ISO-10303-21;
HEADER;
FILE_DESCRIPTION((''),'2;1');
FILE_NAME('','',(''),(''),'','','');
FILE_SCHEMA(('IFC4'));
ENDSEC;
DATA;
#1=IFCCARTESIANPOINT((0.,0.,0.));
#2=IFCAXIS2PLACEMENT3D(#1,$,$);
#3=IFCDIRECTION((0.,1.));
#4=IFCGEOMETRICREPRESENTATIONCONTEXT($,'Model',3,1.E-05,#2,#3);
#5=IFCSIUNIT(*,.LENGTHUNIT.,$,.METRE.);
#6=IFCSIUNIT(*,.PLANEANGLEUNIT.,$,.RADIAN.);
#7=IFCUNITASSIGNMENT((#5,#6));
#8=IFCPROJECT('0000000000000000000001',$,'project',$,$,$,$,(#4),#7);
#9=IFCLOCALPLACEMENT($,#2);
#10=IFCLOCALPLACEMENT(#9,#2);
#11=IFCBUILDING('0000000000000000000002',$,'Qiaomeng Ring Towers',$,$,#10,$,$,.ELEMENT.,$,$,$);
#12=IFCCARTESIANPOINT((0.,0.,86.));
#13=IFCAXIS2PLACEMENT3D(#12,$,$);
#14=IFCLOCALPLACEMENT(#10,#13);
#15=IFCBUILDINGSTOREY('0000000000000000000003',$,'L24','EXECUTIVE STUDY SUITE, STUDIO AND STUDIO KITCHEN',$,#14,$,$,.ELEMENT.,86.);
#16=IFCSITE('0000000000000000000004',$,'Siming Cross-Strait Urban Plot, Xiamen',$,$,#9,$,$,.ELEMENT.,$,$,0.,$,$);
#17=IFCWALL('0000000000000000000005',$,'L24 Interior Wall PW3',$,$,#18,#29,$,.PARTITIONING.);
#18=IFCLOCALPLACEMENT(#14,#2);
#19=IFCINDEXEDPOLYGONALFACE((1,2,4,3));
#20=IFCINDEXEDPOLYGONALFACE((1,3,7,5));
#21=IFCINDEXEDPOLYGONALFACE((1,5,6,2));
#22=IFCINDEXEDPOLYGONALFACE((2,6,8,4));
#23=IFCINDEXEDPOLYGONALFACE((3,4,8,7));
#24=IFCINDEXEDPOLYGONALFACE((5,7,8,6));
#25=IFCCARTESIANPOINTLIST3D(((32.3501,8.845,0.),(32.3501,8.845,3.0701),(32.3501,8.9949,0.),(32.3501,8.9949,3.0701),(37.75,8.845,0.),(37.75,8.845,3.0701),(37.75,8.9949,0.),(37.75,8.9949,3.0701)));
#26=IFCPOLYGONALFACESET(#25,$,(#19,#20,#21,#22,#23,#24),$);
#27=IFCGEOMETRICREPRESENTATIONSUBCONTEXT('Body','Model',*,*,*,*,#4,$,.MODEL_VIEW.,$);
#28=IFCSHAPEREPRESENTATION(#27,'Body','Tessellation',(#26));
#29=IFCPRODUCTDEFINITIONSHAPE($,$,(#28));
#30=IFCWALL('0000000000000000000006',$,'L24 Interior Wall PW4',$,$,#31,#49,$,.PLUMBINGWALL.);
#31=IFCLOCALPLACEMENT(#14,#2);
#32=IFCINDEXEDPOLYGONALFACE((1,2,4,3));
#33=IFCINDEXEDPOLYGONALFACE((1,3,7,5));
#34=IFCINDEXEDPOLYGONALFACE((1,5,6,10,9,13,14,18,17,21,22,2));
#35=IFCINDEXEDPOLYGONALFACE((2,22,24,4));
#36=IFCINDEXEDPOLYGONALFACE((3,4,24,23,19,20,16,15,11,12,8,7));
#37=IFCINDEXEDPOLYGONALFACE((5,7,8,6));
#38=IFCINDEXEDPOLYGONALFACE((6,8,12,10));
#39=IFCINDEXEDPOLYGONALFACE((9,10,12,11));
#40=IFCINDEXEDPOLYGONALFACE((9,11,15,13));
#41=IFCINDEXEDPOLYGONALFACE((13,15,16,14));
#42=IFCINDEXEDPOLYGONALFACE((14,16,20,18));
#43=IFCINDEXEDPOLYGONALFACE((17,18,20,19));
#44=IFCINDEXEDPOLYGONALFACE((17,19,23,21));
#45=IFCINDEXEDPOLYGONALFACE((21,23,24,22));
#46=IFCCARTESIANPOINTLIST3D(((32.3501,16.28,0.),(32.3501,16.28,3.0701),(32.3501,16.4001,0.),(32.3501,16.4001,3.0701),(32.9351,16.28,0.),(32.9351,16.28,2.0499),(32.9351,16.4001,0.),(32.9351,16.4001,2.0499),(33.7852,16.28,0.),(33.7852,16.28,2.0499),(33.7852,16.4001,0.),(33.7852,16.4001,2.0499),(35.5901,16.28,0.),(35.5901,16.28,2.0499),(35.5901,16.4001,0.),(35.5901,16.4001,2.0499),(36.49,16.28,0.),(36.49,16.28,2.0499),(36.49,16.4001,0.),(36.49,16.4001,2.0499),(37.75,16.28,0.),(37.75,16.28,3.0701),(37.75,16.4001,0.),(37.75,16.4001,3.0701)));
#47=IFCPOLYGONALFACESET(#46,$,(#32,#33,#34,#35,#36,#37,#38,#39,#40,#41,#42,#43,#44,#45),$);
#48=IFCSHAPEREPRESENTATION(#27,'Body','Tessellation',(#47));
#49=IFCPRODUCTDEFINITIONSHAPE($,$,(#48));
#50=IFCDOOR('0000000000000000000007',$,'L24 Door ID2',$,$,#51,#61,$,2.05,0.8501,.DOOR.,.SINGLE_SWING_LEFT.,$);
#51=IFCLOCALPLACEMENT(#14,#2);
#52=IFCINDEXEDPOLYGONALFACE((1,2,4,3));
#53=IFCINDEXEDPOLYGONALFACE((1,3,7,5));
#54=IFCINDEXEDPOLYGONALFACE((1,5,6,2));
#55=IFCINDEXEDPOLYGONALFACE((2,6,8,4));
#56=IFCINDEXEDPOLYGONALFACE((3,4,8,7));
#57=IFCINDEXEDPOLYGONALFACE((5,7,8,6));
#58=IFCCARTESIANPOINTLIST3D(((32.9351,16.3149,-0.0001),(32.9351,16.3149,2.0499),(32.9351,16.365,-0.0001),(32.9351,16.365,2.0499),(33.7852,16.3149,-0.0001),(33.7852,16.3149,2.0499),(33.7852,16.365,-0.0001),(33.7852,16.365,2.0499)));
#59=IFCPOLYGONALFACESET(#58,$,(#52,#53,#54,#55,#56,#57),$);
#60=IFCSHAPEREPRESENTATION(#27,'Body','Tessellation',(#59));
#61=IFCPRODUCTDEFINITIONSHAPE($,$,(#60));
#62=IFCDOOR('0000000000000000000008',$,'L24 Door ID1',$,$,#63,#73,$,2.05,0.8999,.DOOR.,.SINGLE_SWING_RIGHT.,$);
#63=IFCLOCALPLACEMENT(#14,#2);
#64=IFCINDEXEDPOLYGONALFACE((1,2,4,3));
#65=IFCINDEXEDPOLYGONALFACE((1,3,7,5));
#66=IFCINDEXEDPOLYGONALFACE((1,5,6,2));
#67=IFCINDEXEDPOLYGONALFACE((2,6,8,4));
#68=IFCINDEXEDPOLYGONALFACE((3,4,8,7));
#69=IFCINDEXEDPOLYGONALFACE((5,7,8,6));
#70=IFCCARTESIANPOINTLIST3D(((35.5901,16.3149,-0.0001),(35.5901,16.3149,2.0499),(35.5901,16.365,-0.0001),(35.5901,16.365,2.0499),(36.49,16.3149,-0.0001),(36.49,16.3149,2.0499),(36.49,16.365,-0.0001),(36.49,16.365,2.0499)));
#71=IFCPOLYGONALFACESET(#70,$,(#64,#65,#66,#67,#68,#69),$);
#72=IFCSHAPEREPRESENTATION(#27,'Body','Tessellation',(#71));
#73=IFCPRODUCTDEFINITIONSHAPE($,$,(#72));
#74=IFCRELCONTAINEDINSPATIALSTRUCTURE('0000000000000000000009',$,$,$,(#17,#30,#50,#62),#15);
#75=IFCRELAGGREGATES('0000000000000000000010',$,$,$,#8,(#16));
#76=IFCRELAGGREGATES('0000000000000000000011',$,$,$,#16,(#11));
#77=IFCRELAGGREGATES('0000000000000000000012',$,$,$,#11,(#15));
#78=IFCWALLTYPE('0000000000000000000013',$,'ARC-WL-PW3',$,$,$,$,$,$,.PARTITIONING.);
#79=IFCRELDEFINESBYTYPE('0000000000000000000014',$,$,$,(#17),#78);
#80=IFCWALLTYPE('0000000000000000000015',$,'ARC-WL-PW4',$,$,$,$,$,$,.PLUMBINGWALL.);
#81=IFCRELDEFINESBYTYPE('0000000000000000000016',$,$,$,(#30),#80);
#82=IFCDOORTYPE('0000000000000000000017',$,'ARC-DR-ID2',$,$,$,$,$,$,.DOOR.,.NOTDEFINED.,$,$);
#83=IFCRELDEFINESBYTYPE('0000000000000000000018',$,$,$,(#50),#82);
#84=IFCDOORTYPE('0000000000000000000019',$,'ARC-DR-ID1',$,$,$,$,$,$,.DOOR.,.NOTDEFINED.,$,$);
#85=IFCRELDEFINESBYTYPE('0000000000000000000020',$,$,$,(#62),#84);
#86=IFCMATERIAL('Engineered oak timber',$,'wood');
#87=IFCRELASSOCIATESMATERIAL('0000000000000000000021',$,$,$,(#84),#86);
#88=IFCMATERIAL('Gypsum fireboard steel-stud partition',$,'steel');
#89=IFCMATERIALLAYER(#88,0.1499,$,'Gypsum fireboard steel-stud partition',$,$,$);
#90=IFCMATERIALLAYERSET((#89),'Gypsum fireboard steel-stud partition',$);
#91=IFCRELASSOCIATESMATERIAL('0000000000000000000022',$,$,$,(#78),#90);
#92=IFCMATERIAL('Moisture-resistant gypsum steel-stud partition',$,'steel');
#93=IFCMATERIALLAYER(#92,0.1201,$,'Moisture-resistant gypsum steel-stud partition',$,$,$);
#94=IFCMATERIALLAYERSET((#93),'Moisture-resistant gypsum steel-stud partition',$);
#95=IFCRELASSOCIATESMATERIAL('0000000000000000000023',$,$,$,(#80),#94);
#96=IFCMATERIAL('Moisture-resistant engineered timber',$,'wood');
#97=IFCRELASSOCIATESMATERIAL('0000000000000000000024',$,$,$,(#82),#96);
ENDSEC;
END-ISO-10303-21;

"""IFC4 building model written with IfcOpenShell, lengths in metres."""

from ifc_helpers import new_model, si_unit, direction, frame, frame_2d, origin, place, context, subcontext, project, spatial, rectangle, extrude, source, transform, mapped, material, layer, layer_set, type_object, element, fill, save


model = new_model("IFC4")

# Units and contexts
model_context = context("Model", 3, precision=1e-05, world=origin(), true_north=direction((0.0, 1.0)))
body_context = subcontext(model_context, "Body", "Model", "MODEL_VIEW")
ifc_project = project(units=[si_unit("LENGTHUNIT", "METRE"), si_unit("PLANEANGLEUNIT", "RADIAN")], contexts=[model_context])

# Site, building, storey
site_placement = place(None, origin())
site = spatial("IfcSite", under=ifc_project, at=site_placement, Name="Siming Cross-Strait Urban Plot, Xiamen", CompositionType="ELEMENT", RefElevation=0.0)
building_placement = place(site_placement, origin())
building = spatial("IfcBuilding", under=site, at=building_placement, Name="Qiaomeng Ring Towers", CompositionType="ELEMENT")
storey_placement = place(building_placement, frame((0.0, 0.0, 86.0)))
storey = spatial("IfcBuildingStorey", under=building, at=storey_placement, Name="L24", Description="EXECUTIVE STUDY SUITE, STUDIO AND STUDIO KITCHEN", CompositionType="ELEMENT", Elevation=86.0)

# Shared definitions
ifc_material_1 = material(Name="Engineered oak timber", Category="wood")
door_type_1 = type_object("IfcDoorType", Name="ARC-DR-ID1", OperationType="NOTDEFINED", PredefinedType="DOOR", material=ifc_material_1)
shared_shape_1 = source(origin(), body_context, "Body", "SweptSolid", [
    extrude(rectangle(XDim=0.8999, YDim=2.05, at=frame_2d((0.45, 1.0249))), frame((0.0, 0.0249, 0.0), z_axis=(0.0, -1.0, 0.0), x_axis=(1.0, 0.0, 0.0)), (0.0, 0.0, 1.0), 0.05),
])

# Wall
ifc_material_2 = material(Name="Gypsum fireboard steel-stud partition", Category="steel")
ifc_layer_1 = layer(ifc_material_2, 0.1499, Name="Gypsum fireboard steel-stud partition")
ifc_layer_set_1 = layer_set([ifc_layer_1], Name="Gypsum fireboard steel-stud partition")
wall_type_1 = type_object("IfcWallType", Name="ARC-WL-PW3", PredefinedType="PARTITIONING", material=ifc_layer_set_1)
wall_1_placement = place(storey_placement, frame((32.3501, 8.9199, 0.0), z_axis=(0.0, 0.0, 1.0), x_axis=(1.0, 0.0, 0.0)))
element("IfcWall", 1, at=wall_1_placement, inside=storey, type_object=wall_type_1, Name="L24 Interior Wall PW3", PredefinedType="PARTITIONING", context=body_context, shape_type="SweptSolid", body=[
    extrude(rectangle(XDim=5.3999, YDim=0.1499, at=frame_2d((2.7, 0.0))), origin(), (0.0, 0.0, 1.0), 3.0701),
])

# Wall, openings, doors
ifc_material_3 = material(Name="Moisture-resistant gypsum steel-stud partition", Category="steel")
ifc_layer_2 = layer(ifc_material_3, 0.1201, Name="Moisture-resistant gypsum steel-stud partition")
ifc_layer_set_2 = layer_set([ifc_layer_2], Name="Moisture-resistant gypsum steel-stud partition")
wall_type_2 = type_object("IfcWallType", Name="ARC-WL-PW4", PredefinedType="PLUMBINGWALL", material=ifc_layer_set_2)
wall_2_placement = place(storey_placement, frame((32.3501, 16.3401, 0.0), z_axis=(0.0, 0.0, 1.0), x_axis=(1.0, 0.0, 0.0)))
wall_2 = element("IfcWall", 2, at=wall_2_placement, inside=storey, type_object=wall_type_2, Name="L24 Interior Wall PW4", PredefinedType="PLUMBINGWALL", context=body_context, shape_type="SweptSolid", body=[
    extrude(rectangle(XDim=5.3999, YDim=0.1201, at=frame_2d((2.7, 0.0))), origin(), (0.0, 0.0, 1.0), 3.0701),
])
opening_1_placement = place(wall_2_placement, frame((0.585, 0.0, 0.0)))
opening_1 = element("IfcOpeningElement", 3, at=opening_1_placement, cuts=wall_2, PredefinedType="OPENING", context=body_context, shape_type="SweptSolid", body=[
    extrude(rectangle(XDim=0.8501, YDim=2.05, at=frame_2d((0.425, 1.0249))), frame((0.0, 0.0701, 0.0), z_axis=(0.0, -1.0, 0.0), x_axis=(1.0, 0.0, 0.0)), (0.0, 0.0, 1.0), 0.1401),
])
opening_2_placement = place(wall_2_placement, frame((3.24, 0.0, 0.0)))
opening_2 = element("IfcOpeningElement", 4, at=opening_2_placement, cuts=wall_2, PredefinedType="OPENING", context=body_context, shape_type="SweptSolid", body=[
    extrude(rectangle(XDim=0.8999, YDim=2.05, at=frame_2d((0.45, 1.0249))), frame((0.0, 0.0701, 0.0), z_axis=(0.0, -1.0, 0.0), x_axis=(1.0, 0.0, 0.0)), (0.0, 0.0, 1.0), 0.1401),
])
ifc_material_4 = material(Name="Moisture-resistant engineered timber", Category="wood")
door_type_2 = type_object("IfcDoorType", Name="ARC-DR-ID2", OperationType="NOTDEFINED", PredefinedType="DOOR", material=ifc_material_4)
shared_shape_2 = source(origin(), body_context, "Body", "SweptSolid", [
    extrude(rectangle(XDim=0.8501, YDim=2.05, at=frame_2d((0.425, 1.0249))), frame((0.0, 0.0249, 0.0), z_axis=(0.0, -1.0, 0.0), x_axis=(1.0, 0.0, 0.0)), (0.0, 0.0, 1.0), 0.05),
])
door_1_placement = place(opening_1_placement, origin())
door_1 = element("IfcDoor", 5, at=door_1_placement, inside=storey, type_object=door_type_2, Name="L24 Door ID2", OperationType="SINGLE_SWING_LEFT", OverallHeight=2.05, OverallWidth=0.8501, PredefinedType="DOOR", context=body_context, shape_type="MappedRepresentation", body=[
    mapped(shared_shape_2, transform((0.0, 0.0, 0.0), x_axis=(1.0, 0.0, 0.0), y_axis=(0.0, 1.0, 0.0), z_axis=(0.0, 0.0, 1.0), scale=1.0)),
])
fill(opening_1, door_1)
door_2_placement = place(opening_2_placement, origin())
door_2 = element("IfcDoor", 6, at=door_2_placement, inside=storey, type_object=door_type_1, Name="L24 Door ID1", OperationType="SINGLE_SWING_RIGHT", OverallHeight=2.05, OverallWidth=0.8999, PredefinedType="DOOR", context=body_context, shape_type="MappedRepresentation", body=[
    mapped(shared_shape_1, transform((0.0, 0.0, 0.0), x_axis=(1.0, 0.0, 0.0), y_axis=(0.0, 1.0, 0.0), z_axis=(0.0, 0.0, 1.0), scale=1.0)),
])
fill(opening_2, door_2)

save(model, "model.ifc")
